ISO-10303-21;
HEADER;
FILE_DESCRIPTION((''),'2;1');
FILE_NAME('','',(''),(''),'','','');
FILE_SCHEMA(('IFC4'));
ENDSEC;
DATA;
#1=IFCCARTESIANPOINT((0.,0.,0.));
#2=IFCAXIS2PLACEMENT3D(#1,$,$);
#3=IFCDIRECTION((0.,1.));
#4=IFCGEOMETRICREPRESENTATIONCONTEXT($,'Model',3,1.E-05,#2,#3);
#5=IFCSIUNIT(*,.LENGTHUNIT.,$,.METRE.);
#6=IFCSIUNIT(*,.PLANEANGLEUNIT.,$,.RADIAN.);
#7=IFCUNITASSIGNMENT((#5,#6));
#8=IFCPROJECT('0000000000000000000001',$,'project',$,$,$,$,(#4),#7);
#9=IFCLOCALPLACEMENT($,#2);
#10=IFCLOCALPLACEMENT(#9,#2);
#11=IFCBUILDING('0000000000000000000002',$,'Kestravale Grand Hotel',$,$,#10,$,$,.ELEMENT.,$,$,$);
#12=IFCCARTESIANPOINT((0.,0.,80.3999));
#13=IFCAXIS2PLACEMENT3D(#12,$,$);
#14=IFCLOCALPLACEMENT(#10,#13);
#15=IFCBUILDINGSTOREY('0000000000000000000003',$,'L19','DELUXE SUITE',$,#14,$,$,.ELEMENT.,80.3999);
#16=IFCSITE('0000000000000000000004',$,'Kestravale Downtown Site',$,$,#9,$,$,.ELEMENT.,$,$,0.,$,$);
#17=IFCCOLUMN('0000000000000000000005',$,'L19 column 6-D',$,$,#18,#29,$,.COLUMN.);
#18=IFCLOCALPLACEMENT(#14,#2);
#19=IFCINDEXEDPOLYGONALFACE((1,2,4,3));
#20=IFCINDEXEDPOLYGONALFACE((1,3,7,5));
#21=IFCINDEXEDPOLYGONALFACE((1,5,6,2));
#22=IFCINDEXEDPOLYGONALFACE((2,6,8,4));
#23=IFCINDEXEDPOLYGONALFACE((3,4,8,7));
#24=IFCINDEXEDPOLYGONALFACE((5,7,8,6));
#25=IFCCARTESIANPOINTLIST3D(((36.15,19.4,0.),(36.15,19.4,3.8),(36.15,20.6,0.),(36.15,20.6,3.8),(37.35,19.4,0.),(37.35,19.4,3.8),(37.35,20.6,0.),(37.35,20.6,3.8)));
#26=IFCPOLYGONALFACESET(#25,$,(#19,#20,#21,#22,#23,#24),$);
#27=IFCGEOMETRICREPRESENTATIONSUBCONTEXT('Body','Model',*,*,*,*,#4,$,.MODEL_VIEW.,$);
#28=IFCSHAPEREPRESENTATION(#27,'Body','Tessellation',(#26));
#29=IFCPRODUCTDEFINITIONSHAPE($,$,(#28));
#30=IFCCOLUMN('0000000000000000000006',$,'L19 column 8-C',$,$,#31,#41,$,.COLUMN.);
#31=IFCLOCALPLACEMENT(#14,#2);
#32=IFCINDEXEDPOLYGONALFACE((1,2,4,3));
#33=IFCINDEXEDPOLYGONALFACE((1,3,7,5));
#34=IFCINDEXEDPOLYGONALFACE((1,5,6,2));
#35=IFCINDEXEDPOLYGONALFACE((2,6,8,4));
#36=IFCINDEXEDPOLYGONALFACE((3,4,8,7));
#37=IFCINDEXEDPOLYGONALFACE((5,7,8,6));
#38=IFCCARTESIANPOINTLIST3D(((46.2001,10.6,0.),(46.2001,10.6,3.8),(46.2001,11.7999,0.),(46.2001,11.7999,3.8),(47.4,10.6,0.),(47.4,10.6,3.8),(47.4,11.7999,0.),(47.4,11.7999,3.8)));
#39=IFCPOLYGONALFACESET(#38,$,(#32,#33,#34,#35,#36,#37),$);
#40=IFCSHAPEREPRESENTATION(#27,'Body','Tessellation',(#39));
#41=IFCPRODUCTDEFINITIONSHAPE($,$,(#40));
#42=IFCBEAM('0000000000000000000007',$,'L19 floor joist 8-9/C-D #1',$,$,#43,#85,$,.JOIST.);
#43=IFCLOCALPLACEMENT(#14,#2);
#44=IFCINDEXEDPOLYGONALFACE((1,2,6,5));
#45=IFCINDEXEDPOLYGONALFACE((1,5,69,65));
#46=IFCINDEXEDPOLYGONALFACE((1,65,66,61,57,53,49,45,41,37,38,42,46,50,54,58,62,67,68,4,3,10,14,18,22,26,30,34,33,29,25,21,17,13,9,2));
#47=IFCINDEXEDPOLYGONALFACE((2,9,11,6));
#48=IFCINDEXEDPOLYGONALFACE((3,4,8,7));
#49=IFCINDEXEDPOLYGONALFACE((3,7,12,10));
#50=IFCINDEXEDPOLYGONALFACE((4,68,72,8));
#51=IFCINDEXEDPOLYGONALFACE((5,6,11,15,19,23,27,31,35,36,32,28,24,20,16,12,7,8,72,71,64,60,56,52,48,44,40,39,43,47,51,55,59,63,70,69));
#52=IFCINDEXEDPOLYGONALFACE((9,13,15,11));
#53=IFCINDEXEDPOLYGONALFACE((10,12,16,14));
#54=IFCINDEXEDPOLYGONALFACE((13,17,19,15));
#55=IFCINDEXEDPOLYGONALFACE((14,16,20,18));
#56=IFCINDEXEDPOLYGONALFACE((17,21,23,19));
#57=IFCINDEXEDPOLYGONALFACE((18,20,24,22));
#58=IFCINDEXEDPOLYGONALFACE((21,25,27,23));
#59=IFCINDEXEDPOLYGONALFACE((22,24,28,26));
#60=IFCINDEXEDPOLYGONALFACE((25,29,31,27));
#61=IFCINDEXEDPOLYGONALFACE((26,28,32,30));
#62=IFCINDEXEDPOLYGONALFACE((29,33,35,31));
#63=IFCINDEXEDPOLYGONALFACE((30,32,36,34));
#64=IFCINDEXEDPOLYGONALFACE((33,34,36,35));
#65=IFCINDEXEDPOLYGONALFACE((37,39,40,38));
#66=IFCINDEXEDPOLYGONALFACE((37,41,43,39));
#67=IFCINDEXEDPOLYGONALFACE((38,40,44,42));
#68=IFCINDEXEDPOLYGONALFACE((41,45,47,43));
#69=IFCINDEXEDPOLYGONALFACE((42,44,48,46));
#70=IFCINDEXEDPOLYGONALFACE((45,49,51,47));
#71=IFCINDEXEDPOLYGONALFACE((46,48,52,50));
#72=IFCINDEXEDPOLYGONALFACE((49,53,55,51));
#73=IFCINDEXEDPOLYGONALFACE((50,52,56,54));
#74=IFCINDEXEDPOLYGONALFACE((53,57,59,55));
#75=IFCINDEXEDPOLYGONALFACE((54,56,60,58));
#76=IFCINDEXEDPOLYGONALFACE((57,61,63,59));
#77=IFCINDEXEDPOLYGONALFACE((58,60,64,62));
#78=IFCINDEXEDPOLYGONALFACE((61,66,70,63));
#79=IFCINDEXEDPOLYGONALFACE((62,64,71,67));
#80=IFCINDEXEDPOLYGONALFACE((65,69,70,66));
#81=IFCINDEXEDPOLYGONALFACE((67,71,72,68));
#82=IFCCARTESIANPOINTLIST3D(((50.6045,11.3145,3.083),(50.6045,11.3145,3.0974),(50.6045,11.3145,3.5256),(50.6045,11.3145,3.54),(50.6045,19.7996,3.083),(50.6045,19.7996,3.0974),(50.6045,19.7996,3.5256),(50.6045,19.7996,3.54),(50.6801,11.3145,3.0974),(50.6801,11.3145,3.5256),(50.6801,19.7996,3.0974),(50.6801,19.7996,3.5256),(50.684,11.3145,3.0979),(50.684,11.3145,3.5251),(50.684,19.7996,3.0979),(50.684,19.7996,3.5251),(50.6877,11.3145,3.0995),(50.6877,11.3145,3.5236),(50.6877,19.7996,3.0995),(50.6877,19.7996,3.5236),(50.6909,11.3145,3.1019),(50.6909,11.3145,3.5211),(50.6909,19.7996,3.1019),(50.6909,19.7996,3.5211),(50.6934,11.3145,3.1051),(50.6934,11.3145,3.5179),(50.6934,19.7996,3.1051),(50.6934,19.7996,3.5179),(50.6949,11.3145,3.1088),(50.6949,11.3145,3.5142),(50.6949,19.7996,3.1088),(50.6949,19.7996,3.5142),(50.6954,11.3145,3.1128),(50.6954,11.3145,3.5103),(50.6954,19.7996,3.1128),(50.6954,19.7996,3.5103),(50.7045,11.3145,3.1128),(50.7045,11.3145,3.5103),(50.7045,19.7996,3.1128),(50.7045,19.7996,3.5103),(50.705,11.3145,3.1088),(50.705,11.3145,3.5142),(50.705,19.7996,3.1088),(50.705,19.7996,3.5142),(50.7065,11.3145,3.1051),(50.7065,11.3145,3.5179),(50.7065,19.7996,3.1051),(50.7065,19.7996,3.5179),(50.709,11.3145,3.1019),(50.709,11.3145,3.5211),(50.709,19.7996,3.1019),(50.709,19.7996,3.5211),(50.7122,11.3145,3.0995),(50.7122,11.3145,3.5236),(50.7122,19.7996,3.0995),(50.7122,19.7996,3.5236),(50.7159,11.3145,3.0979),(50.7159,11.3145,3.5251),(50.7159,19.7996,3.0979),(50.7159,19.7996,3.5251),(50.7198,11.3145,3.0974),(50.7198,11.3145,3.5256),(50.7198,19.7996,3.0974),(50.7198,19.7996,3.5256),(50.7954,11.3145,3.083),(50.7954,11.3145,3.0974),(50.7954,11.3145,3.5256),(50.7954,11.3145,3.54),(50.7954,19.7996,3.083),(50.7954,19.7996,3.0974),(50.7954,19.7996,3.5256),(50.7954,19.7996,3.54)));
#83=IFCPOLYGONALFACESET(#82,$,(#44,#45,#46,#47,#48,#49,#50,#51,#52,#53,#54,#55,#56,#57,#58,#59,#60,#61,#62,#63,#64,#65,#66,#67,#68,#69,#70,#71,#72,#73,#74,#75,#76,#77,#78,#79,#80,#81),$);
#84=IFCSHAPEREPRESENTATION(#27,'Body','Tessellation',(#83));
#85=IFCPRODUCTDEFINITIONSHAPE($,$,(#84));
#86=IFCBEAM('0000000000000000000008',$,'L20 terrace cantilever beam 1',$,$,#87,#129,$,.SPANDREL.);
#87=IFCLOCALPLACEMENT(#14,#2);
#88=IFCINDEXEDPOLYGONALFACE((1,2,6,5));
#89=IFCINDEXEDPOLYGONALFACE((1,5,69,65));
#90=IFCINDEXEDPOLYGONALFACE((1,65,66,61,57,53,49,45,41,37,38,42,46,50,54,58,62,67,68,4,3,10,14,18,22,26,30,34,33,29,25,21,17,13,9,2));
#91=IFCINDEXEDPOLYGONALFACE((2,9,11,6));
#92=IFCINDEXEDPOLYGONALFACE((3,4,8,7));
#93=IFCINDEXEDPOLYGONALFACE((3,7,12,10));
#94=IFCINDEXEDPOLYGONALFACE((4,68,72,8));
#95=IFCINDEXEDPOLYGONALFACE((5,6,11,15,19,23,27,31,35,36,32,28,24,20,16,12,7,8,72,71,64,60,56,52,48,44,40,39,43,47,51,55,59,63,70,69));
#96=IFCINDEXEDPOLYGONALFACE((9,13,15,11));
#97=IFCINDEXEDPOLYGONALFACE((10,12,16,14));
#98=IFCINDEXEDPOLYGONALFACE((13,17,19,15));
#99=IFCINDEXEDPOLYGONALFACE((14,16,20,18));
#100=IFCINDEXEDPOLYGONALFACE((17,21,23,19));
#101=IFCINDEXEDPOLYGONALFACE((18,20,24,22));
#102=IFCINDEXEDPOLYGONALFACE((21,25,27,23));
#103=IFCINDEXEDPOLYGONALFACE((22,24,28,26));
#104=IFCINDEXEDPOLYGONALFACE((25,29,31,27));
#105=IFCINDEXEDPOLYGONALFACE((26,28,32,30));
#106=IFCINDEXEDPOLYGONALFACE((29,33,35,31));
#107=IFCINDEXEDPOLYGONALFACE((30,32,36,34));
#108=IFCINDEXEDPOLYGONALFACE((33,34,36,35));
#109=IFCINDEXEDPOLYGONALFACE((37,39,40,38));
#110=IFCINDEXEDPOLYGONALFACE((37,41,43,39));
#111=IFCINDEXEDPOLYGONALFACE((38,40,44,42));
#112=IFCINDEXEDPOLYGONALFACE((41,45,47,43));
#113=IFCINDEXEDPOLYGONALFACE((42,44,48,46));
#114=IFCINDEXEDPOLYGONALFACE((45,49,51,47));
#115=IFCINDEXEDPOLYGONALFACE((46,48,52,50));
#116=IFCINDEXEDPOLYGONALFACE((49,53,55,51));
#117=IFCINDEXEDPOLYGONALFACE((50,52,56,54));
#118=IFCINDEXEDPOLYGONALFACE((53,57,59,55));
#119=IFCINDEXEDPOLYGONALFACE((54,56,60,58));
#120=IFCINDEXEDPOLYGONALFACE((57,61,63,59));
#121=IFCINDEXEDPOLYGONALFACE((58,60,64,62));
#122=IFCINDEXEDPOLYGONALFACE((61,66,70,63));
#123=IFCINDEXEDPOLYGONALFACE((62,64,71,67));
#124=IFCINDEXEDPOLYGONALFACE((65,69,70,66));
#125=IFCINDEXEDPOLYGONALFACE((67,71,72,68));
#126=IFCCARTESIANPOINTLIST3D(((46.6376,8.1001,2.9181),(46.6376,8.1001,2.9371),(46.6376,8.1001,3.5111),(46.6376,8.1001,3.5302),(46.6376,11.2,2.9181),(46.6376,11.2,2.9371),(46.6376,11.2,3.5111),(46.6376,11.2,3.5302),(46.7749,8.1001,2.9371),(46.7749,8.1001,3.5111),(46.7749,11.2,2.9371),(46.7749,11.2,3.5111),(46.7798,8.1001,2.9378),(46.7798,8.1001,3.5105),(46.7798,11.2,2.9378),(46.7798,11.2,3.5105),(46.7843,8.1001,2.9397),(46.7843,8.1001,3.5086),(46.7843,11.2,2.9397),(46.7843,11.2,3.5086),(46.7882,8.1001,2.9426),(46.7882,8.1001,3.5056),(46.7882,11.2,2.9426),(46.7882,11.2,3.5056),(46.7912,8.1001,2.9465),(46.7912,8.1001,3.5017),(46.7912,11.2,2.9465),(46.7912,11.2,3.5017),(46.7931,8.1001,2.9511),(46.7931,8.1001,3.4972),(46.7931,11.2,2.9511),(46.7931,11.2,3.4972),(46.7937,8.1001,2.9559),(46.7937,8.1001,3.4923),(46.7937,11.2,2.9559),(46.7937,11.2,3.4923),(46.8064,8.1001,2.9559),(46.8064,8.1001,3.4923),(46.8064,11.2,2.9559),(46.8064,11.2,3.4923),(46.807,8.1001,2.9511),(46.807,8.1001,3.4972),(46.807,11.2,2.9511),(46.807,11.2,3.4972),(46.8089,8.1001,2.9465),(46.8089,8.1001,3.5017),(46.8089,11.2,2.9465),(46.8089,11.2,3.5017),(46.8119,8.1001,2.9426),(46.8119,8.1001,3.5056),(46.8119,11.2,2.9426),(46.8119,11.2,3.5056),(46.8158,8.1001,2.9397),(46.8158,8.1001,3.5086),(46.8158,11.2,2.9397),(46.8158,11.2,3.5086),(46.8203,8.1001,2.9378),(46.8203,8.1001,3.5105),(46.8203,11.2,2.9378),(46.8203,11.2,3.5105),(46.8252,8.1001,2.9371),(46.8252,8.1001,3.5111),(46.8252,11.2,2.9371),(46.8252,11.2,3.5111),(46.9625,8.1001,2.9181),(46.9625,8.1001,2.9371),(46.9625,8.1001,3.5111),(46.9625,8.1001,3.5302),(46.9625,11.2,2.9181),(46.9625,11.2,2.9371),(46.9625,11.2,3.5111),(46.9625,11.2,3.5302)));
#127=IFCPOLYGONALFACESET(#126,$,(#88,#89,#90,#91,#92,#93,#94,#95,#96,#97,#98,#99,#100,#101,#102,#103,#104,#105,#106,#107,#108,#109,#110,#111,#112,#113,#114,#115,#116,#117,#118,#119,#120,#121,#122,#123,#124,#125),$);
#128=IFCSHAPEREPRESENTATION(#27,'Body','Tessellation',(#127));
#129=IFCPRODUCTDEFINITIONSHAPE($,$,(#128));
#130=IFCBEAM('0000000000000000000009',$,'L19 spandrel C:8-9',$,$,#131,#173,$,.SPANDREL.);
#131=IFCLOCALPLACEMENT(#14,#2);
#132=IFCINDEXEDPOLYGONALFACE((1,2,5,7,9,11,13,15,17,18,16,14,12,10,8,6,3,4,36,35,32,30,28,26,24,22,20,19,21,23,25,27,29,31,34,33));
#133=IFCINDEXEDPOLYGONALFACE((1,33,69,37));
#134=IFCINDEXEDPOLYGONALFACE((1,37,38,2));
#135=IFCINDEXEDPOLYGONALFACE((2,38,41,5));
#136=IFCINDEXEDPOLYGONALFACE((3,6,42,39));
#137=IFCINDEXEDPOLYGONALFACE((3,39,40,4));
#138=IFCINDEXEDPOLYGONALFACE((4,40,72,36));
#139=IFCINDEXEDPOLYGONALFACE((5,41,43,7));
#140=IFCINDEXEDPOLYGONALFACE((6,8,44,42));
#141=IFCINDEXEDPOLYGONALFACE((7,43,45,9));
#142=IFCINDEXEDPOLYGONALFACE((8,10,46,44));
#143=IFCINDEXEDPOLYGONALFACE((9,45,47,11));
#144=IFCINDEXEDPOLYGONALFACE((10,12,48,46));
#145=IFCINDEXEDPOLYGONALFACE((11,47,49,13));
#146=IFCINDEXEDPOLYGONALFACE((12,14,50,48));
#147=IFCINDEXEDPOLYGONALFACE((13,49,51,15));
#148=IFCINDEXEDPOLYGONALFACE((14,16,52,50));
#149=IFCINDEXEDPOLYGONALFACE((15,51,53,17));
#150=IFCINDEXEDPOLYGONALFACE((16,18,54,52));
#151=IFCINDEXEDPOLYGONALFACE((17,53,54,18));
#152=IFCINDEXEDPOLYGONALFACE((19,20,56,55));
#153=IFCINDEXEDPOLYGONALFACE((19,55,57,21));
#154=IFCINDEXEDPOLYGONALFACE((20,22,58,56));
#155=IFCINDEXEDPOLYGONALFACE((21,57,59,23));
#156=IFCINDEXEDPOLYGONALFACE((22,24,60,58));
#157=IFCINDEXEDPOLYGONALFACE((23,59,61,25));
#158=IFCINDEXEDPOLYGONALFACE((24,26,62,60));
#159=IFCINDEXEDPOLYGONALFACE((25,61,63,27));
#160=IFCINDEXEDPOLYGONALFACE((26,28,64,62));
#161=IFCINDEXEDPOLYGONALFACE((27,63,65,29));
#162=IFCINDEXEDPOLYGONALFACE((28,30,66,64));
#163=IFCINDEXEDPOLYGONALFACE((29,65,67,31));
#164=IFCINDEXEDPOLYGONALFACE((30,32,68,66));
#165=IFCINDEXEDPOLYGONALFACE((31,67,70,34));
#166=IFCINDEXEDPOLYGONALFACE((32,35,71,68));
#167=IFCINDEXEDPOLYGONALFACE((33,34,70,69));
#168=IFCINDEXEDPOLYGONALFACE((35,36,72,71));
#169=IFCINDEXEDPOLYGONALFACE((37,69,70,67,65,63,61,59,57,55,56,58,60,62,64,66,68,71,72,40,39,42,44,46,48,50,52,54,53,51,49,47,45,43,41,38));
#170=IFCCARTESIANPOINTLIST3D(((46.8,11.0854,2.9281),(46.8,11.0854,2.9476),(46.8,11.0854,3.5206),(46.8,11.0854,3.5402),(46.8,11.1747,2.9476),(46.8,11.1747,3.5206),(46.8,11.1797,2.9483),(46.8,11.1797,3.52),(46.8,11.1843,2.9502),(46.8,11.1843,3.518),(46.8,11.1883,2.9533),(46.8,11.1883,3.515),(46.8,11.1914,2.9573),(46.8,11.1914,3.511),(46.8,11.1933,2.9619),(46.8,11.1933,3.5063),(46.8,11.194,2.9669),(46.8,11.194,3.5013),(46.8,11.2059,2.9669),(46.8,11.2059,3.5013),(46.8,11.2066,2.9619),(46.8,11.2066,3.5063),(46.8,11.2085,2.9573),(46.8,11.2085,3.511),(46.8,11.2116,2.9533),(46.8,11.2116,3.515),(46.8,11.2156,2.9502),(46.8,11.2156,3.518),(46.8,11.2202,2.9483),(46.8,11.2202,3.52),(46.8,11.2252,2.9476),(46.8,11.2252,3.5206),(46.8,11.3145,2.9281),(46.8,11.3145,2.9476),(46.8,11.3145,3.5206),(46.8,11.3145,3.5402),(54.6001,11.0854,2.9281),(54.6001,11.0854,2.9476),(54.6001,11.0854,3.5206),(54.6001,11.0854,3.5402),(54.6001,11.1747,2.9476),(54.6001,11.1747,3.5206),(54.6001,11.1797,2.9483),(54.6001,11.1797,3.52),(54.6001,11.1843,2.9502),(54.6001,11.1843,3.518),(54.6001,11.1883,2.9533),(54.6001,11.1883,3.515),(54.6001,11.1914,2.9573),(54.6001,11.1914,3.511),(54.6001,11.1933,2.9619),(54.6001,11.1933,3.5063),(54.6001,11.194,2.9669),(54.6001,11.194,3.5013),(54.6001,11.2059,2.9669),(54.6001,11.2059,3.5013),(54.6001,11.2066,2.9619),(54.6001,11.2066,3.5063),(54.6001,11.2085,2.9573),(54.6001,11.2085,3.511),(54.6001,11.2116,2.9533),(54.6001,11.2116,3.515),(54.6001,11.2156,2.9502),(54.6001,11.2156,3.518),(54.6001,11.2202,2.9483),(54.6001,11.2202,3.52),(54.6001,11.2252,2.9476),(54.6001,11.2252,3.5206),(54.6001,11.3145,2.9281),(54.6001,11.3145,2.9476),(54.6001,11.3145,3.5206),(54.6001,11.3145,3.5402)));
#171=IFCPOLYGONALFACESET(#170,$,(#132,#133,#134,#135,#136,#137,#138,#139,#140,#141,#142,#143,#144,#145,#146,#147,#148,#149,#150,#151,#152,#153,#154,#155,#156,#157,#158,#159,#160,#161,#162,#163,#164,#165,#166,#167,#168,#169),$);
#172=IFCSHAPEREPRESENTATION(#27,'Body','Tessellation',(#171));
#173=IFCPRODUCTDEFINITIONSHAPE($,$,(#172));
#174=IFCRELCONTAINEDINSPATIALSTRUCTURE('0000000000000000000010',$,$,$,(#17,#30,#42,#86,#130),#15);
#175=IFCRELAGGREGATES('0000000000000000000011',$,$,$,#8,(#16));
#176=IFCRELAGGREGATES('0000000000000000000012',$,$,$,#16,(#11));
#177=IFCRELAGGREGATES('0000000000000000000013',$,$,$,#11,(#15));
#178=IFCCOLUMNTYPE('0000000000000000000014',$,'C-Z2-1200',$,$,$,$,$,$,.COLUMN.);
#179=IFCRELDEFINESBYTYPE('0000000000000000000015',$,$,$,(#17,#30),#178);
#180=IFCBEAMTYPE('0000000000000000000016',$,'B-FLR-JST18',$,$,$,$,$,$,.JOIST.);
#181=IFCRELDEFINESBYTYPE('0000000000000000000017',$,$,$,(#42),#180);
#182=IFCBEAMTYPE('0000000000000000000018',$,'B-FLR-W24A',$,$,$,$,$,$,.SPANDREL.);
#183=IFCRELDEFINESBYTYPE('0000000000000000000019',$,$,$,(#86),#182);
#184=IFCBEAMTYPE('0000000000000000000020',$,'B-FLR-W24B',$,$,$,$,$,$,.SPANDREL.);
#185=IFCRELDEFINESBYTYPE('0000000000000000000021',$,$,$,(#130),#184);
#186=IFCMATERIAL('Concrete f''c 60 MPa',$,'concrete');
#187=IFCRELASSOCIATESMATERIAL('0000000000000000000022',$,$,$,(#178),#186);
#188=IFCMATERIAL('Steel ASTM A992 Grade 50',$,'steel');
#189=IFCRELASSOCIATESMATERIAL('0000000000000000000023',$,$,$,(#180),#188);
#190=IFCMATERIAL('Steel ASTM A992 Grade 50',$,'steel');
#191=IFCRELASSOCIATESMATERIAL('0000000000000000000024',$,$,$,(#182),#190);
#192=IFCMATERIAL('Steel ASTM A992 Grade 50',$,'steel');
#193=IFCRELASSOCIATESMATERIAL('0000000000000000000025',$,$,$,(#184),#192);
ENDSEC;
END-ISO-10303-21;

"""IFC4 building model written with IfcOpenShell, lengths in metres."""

from ifc_helpers import new_model, si_unit, direction, frame, origin, origin_2d, place, context, subcontext, project, spatial, rectangle, i_section, extrude, material, material_profile, profile_set, type_object, element, save


model = new_model("IFC4")

# Units and contexts
model_context = context("Model", 3, precision=1e-05, world=origin(), true_north=direction((0.0, 1.0)))
body_context = subcontext(model_context, "Body", "Model", "MODEL_VIEW")
ifc_project = project(units=[si_unit("LENGTHUNIT", "METRE"), si_unit("PLANEANGLEUNIT", "RADIAN")], contexts=[model_context])

# Site, building, storey
site_placement = place(None, origin())
site = spatial("IfcSite", under=ifc_project, at=site_placement, Name="Kestravale Downtown Site", CompositionType="ELEMENT", RefElevation=0.0)
building_placement = place(site_placement, origin())
building = spatial("IfcBuilding", under=site, at=building_placement, Name="Kestravale Grand Hotel", CompositionType="ELEMENT")
storey_placement = place(building_placement, frame((0.0, 0.0, 80.3999)))
storey = spatial("IfcBuildingStorey", under=building, at=storey_placement, Name="L19", Description="DELUXE SUITE", CompositionType="ELEMENT", Elevation=80.3999)

# Columns
ifc_material_1 = material(Name="Concrete f'c 60 MPa", Category="concrete")
ifc_material_profile_1 = material_profile(ifc_material_1, rectangle(XDim=1.2, YDim=1.2, at=origin_2d()))
ifc_profile_set_1 = profile_set([ifc_material_profile_1], Name="Concrete f'c 60 MPa")
column_type = type_object("IfcColumnType", Name="C-Z2-1200", PredefinedType="COLUMN", material=ifc_profile_set_1)
for number, where, z_axis, x_axis, name in (
    (1, (36.75, 20.0, 0.0), (0.0, 0.0, 1.0), (1.0, 0.0, 0.0), "L19 column 6-D"),
    (2, (46.8, 11.2, 0.0), (0.0, 0.0, 1.0), (1.0, 0.0, 0.0), "L19 column 8-C"),
):
    element("IfcColumn", number, at=place(storey_placement, frame(where, z_axis=z_axis, x_axis=x_axis)), inside=storey, type_object=column_type, Name=name, PredefinedType="COLUMN", context=body_context, shape_type="SweptSolid", body=[
        extrude(rectangle(XDim=1.2, YDim=1.2, at=origin_2d()), origin(), (0.0, 0.0, 1.0), 3.8),
    ])

# Beams
ifc_material_2 = material(Name="Steel ASTM A992 Grade 50", Category="steel")
ifc_material_profile_2 = material_profile(ifc_material_2, i_section(OverallWidth=0.1909, OverallDepth=0.457, WebThickness=0.009, FlangeThickness=0.0144, FilletRadius=0.0154, at=origin_2d()))
ifc_profile_set_2 = profile_set([ifc_material_profile_2], Name="Steel ASTM A992 Grade 50")
beam_type_1 = type_object("IfcBeamType", Name="B-FLR-JST18", PredefinedType="JOIST", material=ifc_profile_set_2)
beam_1_placement = place(storey_placement, frame((50.7, 11.3145, 3.3115), z_axis=(0.0, 1.0, 0.0), x_axis=(-1.0, 0.0, 0.0)))
element("IfcBeam", 3, at=beam_1_placement, inside=storey, type_object=beam_type_1, Name="L19 floor joist 8-9/C-D #1", PredefinedType="JOIST", context=body_context, shape_type="SweptSolid", body=[
    extrude(i_section(OverallWidth=0.1909, OverallDepth=0.457, WebThickness=0.009, FlangeThickness=0.0144, FilletRadius=0.0154, at=origin_2d()), origin(), (0.0, 0.0, 1.0), 8.4851),
])
ifc_material_3 = material(Name="Steel ASTM A992 Grade 50", Category="steel")
ifc_material_profile_3 = material_profile(ifc_material_3, i_section(OverallWidth=0.325, OverallDepth=0.6121, WebThickness=0.0127, FlangeThickness=0.019, FilletRadius=0.0188, at=origin_2d()))
ifc_profile_set_3 = profile_set([ifc_material_profile_3], Name="Steel ASTM A992 Grade 50")
beam_type_2 = type_object("IfcBeamType", Name="B-FLR-W24A", PredefinedType="SPANDREL", material=ifc_profile_set_3)
beam_2_placement = place(storey_placement, frame((46.8, 11.2, 3.2241), z_axis=(0.0, -1.0, 0.0), x_axis=(1.0, 0.0, 0.0)))
element("IfcBeam", 4, at=beam_2_placement, inside=storey, type_object=beam_type_2, Name="L20 terrace cantilever beam 1", PredefinedType="SPANDREL", context=body_context, shape_type="SweptSolid", body=[
    extrude(i_section(OverallWidth=0.325, OverallDepth=0.6121, WebThickness=0.0127, FlangeThickness=0.019, FilletRadius=0.0188, at=origin_2d()), origin(), (0.0, 0.0, 1.0), 3.0999),
])
ifc_material_4 = material(Name="Steel ASTM A992 Grade 50", Category="steel")
ifc_material_profile_4 = material_profile(ifc_material_4, i_section(OverallWidth=0.229, OverallDepth=0.6121, WebThickness=0.012, FlangeThickness=0.0195, FilletRadius=0.0193, at=origin_2d()))
ifc_profile_set_4 = profile_set([ifc_material_profile_4], Name="Steel ASTM A992 Grade 50")
beam_type_3 = type_object("IfcBeamType", Name="B-FLR-W24B", PredefinedType="SPANDREL", material=ifc_profile_set_4)
beam_3_placement = place(storey_placement, frame((46.8, 11.2, 3.2341), z_axis=(1.0, 0.0, 0.0), x_axis=(0.0, 1.0, 0.0)))
element("IfcBeam", 5, at=beam_3_placement, inside=storey, type_object=beam_type_3, Name="L19 spandrel C:8-9", PredefinedType="SPANDREL", context=body_context, shape_type="SweptSolid", body=[
    extrude(i_section(OverallWidth=0.229, OverallDepth=0.6121, WebThickness=0.012, FlangeThickness=0.0195, FilletRadius=0.0193, at=origin_2d()), origin(), (0.0, 0.0, 1.0), 7.8),
])

save(model, "model.ifc")
